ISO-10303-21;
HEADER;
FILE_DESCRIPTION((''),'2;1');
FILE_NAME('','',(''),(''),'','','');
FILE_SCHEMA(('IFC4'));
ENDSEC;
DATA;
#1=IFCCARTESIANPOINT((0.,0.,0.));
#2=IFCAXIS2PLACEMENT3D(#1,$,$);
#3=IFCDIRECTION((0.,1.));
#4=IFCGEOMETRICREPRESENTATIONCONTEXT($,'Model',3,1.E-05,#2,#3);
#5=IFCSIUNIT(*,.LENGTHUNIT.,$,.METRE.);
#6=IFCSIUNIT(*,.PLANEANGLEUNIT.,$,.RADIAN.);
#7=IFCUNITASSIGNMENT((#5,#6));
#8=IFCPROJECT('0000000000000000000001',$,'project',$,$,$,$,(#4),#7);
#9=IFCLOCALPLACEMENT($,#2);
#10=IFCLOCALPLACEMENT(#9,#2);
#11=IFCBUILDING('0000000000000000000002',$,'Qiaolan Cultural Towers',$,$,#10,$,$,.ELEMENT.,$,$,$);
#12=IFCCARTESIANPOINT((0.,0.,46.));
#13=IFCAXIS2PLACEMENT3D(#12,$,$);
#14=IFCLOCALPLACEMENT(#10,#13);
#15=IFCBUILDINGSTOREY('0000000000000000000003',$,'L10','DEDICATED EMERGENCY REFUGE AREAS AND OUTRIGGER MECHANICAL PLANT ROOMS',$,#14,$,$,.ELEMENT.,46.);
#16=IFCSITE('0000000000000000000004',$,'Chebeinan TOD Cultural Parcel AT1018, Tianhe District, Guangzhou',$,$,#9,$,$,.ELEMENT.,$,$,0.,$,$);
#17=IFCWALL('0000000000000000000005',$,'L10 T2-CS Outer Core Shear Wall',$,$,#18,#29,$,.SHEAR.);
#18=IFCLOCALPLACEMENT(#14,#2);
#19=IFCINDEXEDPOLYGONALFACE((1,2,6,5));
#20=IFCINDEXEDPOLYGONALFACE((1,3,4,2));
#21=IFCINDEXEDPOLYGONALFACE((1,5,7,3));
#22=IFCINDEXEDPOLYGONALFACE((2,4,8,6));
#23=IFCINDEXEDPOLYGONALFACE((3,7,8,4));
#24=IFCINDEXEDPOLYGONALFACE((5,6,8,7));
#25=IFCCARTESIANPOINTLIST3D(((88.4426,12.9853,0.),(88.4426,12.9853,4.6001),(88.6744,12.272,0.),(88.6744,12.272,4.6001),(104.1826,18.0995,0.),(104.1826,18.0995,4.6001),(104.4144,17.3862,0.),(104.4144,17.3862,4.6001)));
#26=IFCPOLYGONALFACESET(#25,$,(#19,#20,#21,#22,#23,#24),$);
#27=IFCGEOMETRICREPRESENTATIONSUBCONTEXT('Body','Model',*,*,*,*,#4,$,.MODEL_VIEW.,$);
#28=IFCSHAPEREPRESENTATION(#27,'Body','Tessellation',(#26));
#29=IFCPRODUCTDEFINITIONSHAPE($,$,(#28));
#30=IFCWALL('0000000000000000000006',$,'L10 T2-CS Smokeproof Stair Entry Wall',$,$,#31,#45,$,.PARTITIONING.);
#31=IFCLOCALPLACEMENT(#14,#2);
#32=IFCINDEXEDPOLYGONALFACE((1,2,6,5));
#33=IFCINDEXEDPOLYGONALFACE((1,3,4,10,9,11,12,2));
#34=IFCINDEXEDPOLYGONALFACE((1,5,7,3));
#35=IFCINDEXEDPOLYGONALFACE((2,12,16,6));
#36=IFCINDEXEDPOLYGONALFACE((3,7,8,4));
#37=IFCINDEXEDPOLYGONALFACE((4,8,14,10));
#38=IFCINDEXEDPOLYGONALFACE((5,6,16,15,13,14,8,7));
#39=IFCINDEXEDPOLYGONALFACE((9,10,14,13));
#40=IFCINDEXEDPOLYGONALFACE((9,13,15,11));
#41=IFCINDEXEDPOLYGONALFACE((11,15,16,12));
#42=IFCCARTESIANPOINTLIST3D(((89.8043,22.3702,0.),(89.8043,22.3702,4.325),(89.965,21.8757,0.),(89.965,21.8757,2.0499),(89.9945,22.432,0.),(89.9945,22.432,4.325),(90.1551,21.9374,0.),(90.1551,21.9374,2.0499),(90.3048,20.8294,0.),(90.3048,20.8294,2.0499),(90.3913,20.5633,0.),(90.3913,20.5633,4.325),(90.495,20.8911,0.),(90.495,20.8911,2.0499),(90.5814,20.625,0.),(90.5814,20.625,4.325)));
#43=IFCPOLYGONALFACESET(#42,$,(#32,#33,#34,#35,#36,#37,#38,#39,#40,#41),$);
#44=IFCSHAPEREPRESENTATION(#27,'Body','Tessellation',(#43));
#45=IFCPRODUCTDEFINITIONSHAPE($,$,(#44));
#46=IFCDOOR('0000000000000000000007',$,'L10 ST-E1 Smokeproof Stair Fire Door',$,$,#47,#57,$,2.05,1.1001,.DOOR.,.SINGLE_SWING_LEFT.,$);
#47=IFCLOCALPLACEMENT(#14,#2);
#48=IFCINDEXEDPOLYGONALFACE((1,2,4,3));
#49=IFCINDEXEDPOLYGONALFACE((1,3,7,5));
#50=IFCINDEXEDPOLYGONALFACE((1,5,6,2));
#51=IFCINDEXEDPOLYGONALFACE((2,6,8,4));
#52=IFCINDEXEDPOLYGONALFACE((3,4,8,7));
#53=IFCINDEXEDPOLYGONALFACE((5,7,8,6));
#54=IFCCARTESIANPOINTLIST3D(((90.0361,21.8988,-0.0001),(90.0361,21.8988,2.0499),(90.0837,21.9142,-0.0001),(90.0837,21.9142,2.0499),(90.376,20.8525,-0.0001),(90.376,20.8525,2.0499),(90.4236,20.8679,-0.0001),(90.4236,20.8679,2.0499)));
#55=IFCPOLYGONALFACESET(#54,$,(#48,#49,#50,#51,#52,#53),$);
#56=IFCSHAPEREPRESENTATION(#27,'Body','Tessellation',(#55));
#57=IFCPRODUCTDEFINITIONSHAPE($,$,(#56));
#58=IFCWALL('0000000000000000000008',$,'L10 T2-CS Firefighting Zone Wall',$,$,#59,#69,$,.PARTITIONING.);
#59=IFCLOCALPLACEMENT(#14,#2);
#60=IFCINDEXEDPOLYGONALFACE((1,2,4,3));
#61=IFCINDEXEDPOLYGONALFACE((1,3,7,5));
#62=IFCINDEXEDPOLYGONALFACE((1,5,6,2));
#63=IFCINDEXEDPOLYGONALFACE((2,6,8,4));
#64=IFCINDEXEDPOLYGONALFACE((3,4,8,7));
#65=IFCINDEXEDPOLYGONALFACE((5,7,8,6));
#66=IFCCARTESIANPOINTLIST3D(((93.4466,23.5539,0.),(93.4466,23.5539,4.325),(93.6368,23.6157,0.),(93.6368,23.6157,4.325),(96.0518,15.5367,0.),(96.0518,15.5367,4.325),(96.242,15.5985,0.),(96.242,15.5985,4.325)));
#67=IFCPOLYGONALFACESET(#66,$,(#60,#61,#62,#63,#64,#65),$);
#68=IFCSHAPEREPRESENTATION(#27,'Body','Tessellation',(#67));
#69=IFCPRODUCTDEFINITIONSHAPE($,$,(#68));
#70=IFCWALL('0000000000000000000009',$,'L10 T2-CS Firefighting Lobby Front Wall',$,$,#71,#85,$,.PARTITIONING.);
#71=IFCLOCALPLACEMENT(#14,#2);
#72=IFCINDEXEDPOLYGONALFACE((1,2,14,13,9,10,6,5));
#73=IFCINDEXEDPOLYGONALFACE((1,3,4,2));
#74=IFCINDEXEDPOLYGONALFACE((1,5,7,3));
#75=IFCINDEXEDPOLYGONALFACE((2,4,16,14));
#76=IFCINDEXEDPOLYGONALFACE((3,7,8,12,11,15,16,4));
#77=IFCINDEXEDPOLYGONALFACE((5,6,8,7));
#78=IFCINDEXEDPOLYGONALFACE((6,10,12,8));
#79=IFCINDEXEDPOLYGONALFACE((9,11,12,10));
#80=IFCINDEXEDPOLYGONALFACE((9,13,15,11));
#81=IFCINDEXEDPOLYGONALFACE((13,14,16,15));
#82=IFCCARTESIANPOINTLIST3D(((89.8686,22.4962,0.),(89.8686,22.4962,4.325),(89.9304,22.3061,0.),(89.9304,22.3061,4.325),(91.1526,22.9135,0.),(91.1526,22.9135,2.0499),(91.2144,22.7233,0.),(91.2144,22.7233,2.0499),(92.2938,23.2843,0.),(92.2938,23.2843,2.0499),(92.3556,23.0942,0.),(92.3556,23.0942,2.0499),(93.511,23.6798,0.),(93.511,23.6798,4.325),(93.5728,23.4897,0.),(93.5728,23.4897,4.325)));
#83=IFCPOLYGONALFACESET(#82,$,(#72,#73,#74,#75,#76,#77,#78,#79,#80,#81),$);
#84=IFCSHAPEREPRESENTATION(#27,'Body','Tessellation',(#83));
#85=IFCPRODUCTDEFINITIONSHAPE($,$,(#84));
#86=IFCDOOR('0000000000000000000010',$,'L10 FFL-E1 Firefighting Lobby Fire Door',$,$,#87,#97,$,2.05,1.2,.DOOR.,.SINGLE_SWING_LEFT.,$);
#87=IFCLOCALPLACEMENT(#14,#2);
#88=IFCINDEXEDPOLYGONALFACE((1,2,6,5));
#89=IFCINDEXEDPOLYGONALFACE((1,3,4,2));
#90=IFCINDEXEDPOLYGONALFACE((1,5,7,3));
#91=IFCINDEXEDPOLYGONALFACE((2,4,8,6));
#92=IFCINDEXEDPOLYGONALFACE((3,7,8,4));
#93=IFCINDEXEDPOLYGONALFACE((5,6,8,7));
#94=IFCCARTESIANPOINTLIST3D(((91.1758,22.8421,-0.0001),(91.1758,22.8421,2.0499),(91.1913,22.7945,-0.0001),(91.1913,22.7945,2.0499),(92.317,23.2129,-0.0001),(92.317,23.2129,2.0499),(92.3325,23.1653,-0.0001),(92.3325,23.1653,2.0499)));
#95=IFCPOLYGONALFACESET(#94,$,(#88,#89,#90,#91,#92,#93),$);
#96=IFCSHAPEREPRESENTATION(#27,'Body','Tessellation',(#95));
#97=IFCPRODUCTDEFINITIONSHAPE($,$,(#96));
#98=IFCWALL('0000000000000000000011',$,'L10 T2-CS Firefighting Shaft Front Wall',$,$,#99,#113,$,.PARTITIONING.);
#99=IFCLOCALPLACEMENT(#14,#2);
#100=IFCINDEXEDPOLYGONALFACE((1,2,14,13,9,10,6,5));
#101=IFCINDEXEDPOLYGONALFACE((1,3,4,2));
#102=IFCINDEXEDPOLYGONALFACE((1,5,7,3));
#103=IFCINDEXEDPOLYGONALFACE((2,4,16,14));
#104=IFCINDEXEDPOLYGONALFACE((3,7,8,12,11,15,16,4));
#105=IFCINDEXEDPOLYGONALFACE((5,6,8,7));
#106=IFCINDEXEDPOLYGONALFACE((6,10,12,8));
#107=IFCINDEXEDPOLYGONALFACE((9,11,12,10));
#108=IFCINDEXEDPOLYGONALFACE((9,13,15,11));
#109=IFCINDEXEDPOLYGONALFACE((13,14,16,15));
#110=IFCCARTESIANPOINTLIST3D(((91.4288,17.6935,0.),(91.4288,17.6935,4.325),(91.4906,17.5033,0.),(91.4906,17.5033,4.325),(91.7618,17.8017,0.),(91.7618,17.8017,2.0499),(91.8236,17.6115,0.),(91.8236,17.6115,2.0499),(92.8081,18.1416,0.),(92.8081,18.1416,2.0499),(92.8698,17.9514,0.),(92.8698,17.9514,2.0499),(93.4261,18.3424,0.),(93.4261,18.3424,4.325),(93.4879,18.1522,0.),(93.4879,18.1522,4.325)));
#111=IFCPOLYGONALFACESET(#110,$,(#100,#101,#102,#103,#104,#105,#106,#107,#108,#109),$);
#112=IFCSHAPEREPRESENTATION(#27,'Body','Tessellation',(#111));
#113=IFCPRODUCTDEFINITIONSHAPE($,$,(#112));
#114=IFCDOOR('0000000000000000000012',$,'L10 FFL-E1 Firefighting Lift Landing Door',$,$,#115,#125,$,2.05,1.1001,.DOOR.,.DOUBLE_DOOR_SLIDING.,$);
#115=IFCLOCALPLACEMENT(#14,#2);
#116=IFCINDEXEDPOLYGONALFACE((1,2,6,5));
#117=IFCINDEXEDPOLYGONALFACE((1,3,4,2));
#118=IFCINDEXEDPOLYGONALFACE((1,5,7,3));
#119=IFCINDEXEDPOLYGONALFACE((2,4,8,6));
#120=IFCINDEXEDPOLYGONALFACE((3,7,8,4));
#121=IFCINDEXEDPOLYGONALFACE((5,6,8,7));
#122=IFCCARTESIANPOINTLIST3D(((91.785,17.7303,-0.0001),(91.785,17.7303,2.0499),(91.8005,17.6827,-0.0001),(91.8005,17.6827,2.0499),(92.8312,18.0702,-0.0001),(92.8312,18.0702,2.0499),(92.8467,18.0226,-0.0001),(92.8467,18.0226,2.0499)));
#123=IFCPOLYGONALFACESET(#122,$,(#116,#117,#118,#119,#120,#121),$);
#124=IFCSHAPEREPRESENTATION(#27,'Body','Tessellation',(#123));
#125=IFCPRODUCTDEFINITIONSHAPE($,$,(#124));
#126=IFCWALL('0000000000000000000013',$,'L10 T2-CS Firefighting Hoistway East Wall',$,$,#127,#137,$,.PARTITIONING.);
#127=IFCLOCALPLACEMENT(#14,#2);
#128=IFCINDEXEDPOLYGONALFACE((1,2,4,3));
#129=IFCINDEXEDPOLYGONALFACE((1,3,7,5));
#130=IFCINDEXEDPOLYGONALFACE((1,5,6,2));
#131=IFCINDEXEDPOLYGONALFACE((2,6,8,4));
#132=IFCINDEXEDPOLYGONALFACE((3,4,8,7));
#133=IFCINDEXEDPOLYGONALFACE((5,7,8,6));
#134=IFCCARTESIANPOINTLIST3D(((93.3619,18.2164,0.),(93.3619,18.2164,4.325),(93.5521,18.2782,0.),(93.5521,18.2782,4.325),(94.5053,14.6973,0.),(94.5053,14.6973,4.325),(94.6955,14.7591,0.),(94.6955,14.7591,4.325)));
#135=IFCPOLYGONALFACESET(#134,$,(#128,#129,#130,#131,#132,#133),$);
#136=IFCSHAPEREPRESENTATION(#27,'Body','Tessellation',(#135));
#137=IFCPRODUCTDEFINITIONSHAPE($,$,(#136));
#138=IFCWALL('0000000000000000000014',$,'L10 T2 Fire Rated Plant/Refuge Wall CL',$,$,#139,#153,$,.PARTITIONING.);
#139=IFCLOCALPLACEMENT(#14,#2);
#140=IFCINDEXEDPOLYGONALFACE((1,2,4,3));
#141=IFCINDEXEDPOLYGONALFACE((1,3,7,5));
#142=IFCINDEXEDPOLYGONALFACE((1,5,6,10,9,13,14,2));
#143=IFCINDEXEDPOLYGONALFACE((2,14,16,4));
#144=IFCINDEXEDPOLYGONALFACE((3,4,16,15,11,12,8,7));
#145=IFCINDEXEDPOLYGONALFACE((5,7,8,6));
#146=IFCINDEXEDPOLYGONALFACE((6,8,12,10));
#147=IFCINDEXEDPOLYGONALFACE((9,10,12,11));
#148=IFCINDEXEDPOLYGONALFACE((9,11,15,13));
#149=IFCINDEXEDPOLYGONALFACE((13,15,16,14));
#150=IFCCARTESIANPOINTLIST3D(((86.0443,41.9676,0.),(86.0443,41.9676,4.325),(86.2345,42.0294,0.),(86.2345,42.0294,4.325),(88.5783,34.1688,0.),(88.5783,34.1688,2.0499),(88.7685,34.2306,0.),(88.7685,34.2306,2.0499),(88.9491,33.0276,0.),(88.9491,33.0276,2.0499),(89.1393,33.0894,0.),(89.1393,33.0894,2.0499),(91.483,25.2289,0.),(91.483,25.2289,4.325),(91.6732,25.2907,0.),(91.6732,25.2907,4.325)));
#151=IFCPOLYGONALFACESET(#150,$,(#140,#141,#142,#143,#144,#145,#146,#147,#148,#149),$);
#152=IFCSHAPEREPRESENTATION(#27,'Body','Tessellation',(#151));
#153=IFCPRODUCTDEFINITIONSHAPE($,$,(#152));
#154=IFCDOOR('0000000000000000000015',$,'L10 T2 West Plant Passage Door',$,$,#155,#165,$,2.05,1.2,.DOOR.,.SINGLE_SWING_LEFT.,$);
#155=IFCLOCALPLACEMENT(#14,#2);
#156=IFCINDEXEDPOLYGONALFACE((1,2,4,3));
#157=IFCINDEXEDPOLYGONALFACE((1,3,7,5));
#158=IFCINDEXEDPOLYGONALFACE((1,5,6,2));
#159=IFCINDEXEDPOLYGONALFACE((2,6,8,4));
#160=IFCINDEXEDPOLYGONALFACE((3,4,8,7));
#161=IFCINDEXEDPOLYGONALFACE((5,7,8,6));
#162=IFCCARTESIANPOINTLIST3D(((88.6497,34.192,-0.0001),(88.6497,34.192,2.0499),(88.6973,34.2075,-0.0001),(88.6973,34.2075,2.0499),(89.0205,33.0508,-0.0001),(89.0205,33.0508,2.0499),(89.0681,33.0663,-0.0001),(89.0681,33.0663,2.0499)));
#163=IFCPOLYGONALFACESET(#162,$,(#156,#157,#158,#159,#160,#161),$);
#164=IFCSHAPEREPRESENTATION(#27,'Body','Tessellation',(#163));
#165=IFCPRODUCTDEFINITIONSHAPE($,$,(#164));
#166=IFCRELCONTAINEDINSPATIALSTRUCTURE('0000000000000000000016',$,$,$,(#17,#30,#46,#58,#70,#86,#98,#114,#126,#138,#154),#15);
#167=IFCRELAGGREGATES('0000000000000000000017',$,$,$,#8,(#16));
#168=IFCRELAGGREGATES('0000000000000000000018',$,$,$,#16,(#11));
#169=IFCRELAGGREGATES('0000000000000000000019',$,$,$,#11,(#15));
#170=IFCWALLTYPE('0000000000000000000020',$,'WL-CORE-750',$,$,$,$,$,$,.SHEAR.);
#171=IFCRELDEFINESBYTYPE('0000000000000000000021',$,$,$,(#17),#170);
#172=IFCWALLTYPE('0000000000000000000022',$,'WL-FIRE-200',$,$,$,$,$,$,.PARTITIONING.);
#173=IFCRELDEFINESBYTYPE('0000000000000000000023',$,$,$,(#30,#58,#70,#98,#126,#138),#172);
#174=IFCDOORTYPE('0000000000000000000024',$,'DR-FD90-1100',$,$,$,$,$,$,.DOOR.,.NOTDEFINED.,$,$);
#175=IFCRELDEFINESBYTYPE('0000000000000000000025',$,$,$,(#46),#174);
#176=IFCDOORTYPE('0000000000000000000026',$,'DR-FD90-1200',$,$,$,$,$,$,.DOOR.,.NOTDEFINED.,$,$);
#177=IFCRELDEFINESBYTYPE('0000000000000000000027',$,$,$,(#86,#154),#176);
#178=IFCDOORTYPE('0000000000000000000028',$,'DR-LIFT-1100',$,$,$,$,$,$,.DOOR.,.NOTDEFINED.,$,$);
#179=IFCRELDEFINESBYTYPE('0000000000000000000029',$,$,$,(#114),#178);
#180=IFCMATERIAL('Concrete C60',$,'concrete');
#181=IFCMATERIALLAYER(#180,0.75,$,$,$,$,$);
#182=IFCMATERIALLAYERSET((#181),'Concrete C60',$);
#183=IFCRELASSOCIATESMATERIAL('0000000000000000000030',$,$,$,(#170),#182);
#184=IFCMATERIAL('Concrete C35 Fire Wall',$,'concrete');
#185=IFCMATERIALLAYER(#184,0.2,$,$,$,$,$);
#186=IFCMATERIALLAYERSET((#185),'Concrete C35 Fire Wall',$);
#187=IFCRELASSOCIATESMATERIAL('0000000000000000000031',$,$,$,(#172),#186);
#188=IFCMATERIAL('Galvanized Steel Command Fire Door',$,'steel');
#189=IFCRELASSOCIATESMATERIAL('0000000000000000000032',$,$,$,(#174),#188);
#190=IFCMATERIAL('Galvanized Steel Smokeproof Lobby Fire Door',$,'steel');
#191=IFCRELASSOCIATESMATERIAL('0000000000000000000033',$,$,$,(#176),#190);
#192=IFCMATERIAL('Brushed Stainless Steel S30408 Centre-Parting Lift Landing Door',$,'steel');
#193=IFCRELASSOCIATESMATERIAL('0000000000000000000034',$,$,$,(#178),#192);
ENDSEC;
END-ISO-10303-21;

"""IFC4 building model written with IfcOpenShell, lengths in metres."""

from ifc_helpers import new_model, si_unit, direction, frame, frame_2d, origin, place, context, subcontext, project, spatial, rectangle, extrude, material, layer, layer_set, type_object, element, fill, save


model = new_model("IFC4")

# Units and contexts
model_context = context("Model", 3, precision=1e-05, world=origin(), true_north=direction((0.0, 1.0)))
body_context = subcontext(model_context, "Body", "Model", "MODEL_VIEW")
ifc_project = project(units=[si_unit("LENGTHUNIT", "METRE"), si_unit("PLANEANGLEUNIT", "RADIAN")], contexts=[model_context])

# Site, building, storey
site_placement = place(None, origin())
site = spatial("IfcSite", under=ifc_project, at=site_placement, Name="Chebeinan TOD Cultural Parcel AT1018, Tianhe District, Guangzhou", CompositionType="ELEMENT", RefElevation=0.0)
building_placement = place(site_placement, origin())
building = spatial("IfcBuilding", under=site, at=building_placement, Name="Qiaolan Cultural Towers", CompositionType="ELEMENT")
storey_placement = place(building_placement, frame((0.0, 0.0, 46.0)))
storey = spatial("IfcBuildingStorey", under=building, at=storey_placement, Name="L10", Description="DEDICATED EMERGENCY REFUGE AREAS AND OUTRIGGER MECHANICAL PLANT ROOMS", CompositionType="ELEMENT", Elevation=46.0)

# Wall
ifc_material_1 = material(Name="Concrete C60", Category="concrete")
ifc_layer_1 = layer(ifc_material_1, 0.75)
ifc_layer_set_1 = layer_set([ifc_layer_1], Name="Concrete C60")
wall_type_1 = type_object("IfcWallType", Name="WL-CORE-750", PredefinedType="SHEAR", material=ifc_layer_set_1)
wall_1_placement = place(storey_placement, frame((88.5586, 12.6287, 0.0), z_axis=(0.0, 0.0, 1.0), x_axis=(0.951056, 0.309018, 0.0)))
element("IfcWall", 1, at=wall_1_placement, inside=storey, type_object=wall_type_1, Name="L10 T2-CS Outer Core Shear Wall", PredefinedType="SHEAR", context=body_context, shape_type="SweptSolid", body=[
    extrude(rectangle(XDim=16.55, YDim=0.75, at=frame_2d((8.2749, 0.0))), origin(), (0.0, 0.0, 1.0), 4.6001),
])

# Wall, opening, door
ifc_material_2 = material(Name="Concrete C35 Fire Wall", Category="concrete")
ifc_layer_2 = layer(ifc_material_2, 0.2)
ifc_layer_set_2 = layer_set([ifc_layer_2], Name="Concrete C35 Fire Wall")
wall_type_2 = type_object("IfcWallType", Name="WL-FIRE-200", PredefinedType="PARTITIONING", material=ifc_layer_set_2)
wall_2_placement = place(storey_placement, frame((89.8994, 22.4011, 0.0), z_axis=(0.0, 0.0, 1.0), x_axis=(0.308932, -0.951084, 0.0)))
wall_2 = element("IfcWall", 2, at=wall_2_placement, inside=storey, type_object=wall_type_2, Name="L10 T2-CS Smokeproof Stair Entry Wall", PredefinedType="PARTITIONING", context=body_context, shape_type="SweptSolid", body=[
    extrude(rectangle(XDim=1.8999, YDim=0.2, at=frame_2d((0.95, 0.0))), origin(), (0.0, 0.0, 1.0), 4.325),
])
opening_1_placement = place(wall_2_placement, frame((0.52, 0.0, 0.0)))
opening_1 = element("IfcOpeningElement", 3, at=opening_1_placement, cuts=wall_2, PredefinedType="OPENING", context=body_context, shape_type="SweptSolid", body=[
    extrude(rectangle(XDim=1.1001, YDim=2.05, at=frame_2d((0.55, 1.0249))), frame((0.0, 0.1099, 0.0), z_axis=(0.0, -1.0, 0.0), x_axis=(1.0, 0.0, 0.0)), (0.0, 0.0, 1.0), 0.22),
])
ifc_material_3 = material(Name="Galvanized Steel Command Fire Door", Category="steel")
door_type_1 = type_object("IfcDoorType", Name="DR-FD90-1100", OperationType="NOTDEFINED", PredefinedType="DOOR", material=ifc_material_3)
door_1_placement = place(opening_1_placement, origin())
door_1 = element("IfcDoor", 4, at=door_1_placement, inside=storey, type_object=door_type_1, Name="L10 ST-E1 Smokeproof Stair Fire Door", OperationType="SINGLE_SWING_LEFT", OverallHeight=2.05, OverallWidth=1.1001, PredefinedType="DOOR", context=body_context, shape_type="SweptSolid", body=[
    extrude(rectangle(XDim=1.1001, YDim=2.05, at=frame_2d((0.55, 1.0249))), frame((0.0, 0.0249, 0.0), z_axis=(0.0, -1.0, 0.0), x_axis=(1.0, 0.0, 0.0)), (0.0, 0.0, 1.0), 0.05),
])
fill(opening_1, door_1)

# Wall
wall_3_placement = place(storey_placement, frame((93.5417, 23.5847, 0.0), z_axis=(0.0, 0.0, 1.0), x_axis=(0.309042, -0.951048, 0.0)))
element("IfcWall", 5, at=wall_3_placement, inside=storey, type_object=wall_type_2, Name="L10 T2-CS Firefighting Zone Wall", PredefinedType="PARTITIONING", context=body_context, shape_type="SweptSolid", body=[
    extrude(rectangle(XDim=8.4299, YDim=0.2, at=frame_2d((4.2148, 0.0))), origin(), (0.0, 0.0, 1.0), 4.325),
])

# Walls, openings, doors
wall_4_placement = place(storey_placement, frame((89.8994, 22.4011, 0.0), z_axis=(0.0, 0.0, 1.0), x_axis=(0.951047, 0.309047, 0.0)))
wall_4 = element("IfcWall", 6, at=wall_4_placement, inside=storey, type_object=wall_type_2, Name="L10 T2-CS Firefighting Lobby Front Wall", PredefinedType="PARTITIONING", context=body_context, shape_type="SweptSolid", body=[
    extrude(rectangle(XDim=3.8298, YDim=0.2, at=frame_2d((1.915, 0.0))), origin(), (0.0, 0.0, 1.0), 4.325),
])
opening_2_placement = place(wall_4_placement, frame((1.3501, 0.0, 0.0)))
opening_2 = element("IfcOpeningElement", 7, at=opening_2_placement, cuts=wall_4, PredefinedType="OPENING", context=body_context, shape_type="SweptSolid", body=[
    extrude(rectangle(XDim=1.2, YDim=2.05, at=frame_2d((0.6001, 1.0249))), frame((0.0, 0.1099, 0.0), z_axis=(0.0, -1.0, 0.0), x_axis=(1.0, 0.0, 0.0)), (0.0, 0.0, 1.0), 0.22),
])
ifc_material_4 = material(Name="Galvanized Steel Smokeproof Lobby Fire Door", Category="steel")
door_type_2 = type_object("IfcDoorType", Name="DR-FD90-1200", OperationType="NOTDEFINED", PredefinedType="DOOR", material=ifc_material_4)
door_2_placement = place(opening_2_placement, origin())
door_2 = element("IfcDoor", 8, at=door_2_placement, inside=storey, type_object=door_type_2, Name="L10 FFL-E1 Firefighting Lobby Fire Door", OperationType="SINGLE_SWING_LEFT", OverallHeight=2.05, OverallWidth=1.2, PredefinedType="DOOR", context=body_context, shape_type="SweptSolid", body=[
    extrude(rectangle(XDim=1.2, YDim=2.05, at=frame_2d((0.6001, 1.0249))), frame((0.0, 0.0249, 0.0), z_axis=(0.0, -1.0, 0.0), x_axis=(1.0, 0.0, 0.0)), (0.0, 0.0, 1.0), 0.05),
])
fill(opening_2, door_2)
wall_5_placement = place(storey_placement, frame((91.4597, 17.5984, 0.0), z_axis=(0.0, 0.0, 1.0), x_axis=(0.951062, 0.308999, 0.0)))
wall_5 = element("IfcWall", 9, at=wall_5_placement, inside=storey, type_object=wall_type_2, Name="L10 T2-CS Firefighting Shaft Front Wall", PredefinedType="PARTITIONING", context=body_context, shape_type="SweptSolid", body=[
    extrude(rectangle(XDim=2.1001, YDim=0.2, at=frame_2d((1.05, 0.0))), origin(), (0.0, 0.0, 1.0), 4.325),
])
opening_3_placement = place(wall_5_placement, frame((0.3501, 0.0, 0.0)))
opening_3 = element("IfcOpeningElement", 10, at=opening_3_placement, cuts=wall_5, PredefinedType="OPENING", context=body_context, shape_type="SweptSolid", body=[
    extrude(rectangle(XDim=1.1001, YDim=2.05, at=frame_2d((0.55, 1.0249))), frame((0.0, 0.1099, 0.0), z_axis=(0.0, -1.0, 0.0), x_axis=(1.0, 0.0, 0.0)), (0.0, 0.0, 1.0), 0.22),
])
ifc_material_5 = material(Name="Brushed Stainless Steel S30408 Centre-Parting Lift Landing Door", Category="steel")
door_type_3 = type_object("IfcDoorType", Name="DR-LIFT-1100", OperationType="NOTDEFINED", PredefinedType="DOOR", material=ifc_material_5)
door_3_placement = place(opening_3_placement, origin())
door_3 = element("IfcDoor", 11, at=door_3_placement, inside=storey, type_object=door_type_3, Name="L10 FFL-E1 Firefighting Lift Landing Door", OperationType="DOUBLE_DOOR_SLIDING", OverallHeight=2.05, OverallWidth=1.1001, PredefinedType="DOOR", context=body_context, shape_type="SweptSolid", body=[
    extrude(rectangle(XDim=1.1001, YDim=2.05, at=frame_2d((0.55, 1.0249))), frame((0.0, 0.0249, 0.0), z_axis=(0.0, -1.0, 0.0), x_axis=(1.0, 0.0, 0.0)), (0.0, 0.0, 1.0), 0.05),
])
fill(opening_3, door_3)

# Wall
wall_6_placement = place(storey_placement, frame((93.457, 18.2473, 0.0), z_axis=(0.0, 0.0, 1.0), x_axis=(0.308994, -0.951064, 0.0)))
element("IfcWall", 12, at=wall_6_placement, inside=storey, type_object=wall_type_2, Name="L10 T2-CS Firefighting Hoistway East Wall", PredefinedType="PARTITIONING", context=body_context, shape_type="SweptSolid", body=[
    extrude(rectangle(XDim=3.7002, YDim=0.2, at=frame_2d((1.8501, 0.0))), origin(), (0.0, 0.0, 1.0), 4.325),
])

# Wall, opening, door
wall_7_placement = place(storey_placement, frame((91.5781, 25.2598, 0.0), z_axis=(0.0, 0.0, 1.0), x_axis=(-0.309015, 0.951057, 0.0)))
wall_7 = element("IfcWall", 13, at=wall_7_placement, inside=storey, type_object=wall_type_2, Name="L10 T2 Fire Rated Plant/Refuge Wall CL", PredefinedType="PARTITIONING", context=body_context, shape_type="SweptSolid", body=[
    extrude(rectangle(XDim=17.6001, YDim=0.2, at=frame_2d((8.8, 0.0))), origin(), (0.0, 0.0, 1.0), 4.325),
])
opening_4_placement = place(wall_7_placement, frame((8.2, 0.0, 0.0)))
opening_4 = element("IfcOpeningElement", 14, at=opening_4_placement, cuts=wall_7, PredefinedType="OPENING", context=body_context, shape_type="SweptSolid", body=[
    extrude(rectangle(XDim=1.2, YDim=2.05, at=frame_2d((0.6001, 1.0249))), frame((0.0, 0.1099, 0.0), z_axis=(0.0, -1.0, 0.0), x_axis=(1.0, 0.0, 0.0)), (0.0, 0.0, 1.0), 0.22),
])
door_4_placement = place(opening_4_placement, origin())
door_4 = element("IfcDoor", 15, at=door_4_placement, inside=storey, type_object=door_type_2, Name="L10 T2 West Plant Passage Door", OperationType="SINGLE_SWING_LEFT", OverallHeight=2.05, OverallWidth=1.2, PredefinedType="DOOR", context=body_context, shape_type="SweptSolid", body=[
    extrude(rectangle(XDim=1.2, YDim=2.05, at=frame_2d((0.6001, 1.0249))), frame((0.0, 0.0249, 0.0), z_axis=(0.0, -1.0, 0.0), x_axis=(1.0, 0.0, 0.0)), (0.0, 0.0, 1.0), 0.05),
])
fill(opening_4, door_4)

save(model, "model.ifc")
